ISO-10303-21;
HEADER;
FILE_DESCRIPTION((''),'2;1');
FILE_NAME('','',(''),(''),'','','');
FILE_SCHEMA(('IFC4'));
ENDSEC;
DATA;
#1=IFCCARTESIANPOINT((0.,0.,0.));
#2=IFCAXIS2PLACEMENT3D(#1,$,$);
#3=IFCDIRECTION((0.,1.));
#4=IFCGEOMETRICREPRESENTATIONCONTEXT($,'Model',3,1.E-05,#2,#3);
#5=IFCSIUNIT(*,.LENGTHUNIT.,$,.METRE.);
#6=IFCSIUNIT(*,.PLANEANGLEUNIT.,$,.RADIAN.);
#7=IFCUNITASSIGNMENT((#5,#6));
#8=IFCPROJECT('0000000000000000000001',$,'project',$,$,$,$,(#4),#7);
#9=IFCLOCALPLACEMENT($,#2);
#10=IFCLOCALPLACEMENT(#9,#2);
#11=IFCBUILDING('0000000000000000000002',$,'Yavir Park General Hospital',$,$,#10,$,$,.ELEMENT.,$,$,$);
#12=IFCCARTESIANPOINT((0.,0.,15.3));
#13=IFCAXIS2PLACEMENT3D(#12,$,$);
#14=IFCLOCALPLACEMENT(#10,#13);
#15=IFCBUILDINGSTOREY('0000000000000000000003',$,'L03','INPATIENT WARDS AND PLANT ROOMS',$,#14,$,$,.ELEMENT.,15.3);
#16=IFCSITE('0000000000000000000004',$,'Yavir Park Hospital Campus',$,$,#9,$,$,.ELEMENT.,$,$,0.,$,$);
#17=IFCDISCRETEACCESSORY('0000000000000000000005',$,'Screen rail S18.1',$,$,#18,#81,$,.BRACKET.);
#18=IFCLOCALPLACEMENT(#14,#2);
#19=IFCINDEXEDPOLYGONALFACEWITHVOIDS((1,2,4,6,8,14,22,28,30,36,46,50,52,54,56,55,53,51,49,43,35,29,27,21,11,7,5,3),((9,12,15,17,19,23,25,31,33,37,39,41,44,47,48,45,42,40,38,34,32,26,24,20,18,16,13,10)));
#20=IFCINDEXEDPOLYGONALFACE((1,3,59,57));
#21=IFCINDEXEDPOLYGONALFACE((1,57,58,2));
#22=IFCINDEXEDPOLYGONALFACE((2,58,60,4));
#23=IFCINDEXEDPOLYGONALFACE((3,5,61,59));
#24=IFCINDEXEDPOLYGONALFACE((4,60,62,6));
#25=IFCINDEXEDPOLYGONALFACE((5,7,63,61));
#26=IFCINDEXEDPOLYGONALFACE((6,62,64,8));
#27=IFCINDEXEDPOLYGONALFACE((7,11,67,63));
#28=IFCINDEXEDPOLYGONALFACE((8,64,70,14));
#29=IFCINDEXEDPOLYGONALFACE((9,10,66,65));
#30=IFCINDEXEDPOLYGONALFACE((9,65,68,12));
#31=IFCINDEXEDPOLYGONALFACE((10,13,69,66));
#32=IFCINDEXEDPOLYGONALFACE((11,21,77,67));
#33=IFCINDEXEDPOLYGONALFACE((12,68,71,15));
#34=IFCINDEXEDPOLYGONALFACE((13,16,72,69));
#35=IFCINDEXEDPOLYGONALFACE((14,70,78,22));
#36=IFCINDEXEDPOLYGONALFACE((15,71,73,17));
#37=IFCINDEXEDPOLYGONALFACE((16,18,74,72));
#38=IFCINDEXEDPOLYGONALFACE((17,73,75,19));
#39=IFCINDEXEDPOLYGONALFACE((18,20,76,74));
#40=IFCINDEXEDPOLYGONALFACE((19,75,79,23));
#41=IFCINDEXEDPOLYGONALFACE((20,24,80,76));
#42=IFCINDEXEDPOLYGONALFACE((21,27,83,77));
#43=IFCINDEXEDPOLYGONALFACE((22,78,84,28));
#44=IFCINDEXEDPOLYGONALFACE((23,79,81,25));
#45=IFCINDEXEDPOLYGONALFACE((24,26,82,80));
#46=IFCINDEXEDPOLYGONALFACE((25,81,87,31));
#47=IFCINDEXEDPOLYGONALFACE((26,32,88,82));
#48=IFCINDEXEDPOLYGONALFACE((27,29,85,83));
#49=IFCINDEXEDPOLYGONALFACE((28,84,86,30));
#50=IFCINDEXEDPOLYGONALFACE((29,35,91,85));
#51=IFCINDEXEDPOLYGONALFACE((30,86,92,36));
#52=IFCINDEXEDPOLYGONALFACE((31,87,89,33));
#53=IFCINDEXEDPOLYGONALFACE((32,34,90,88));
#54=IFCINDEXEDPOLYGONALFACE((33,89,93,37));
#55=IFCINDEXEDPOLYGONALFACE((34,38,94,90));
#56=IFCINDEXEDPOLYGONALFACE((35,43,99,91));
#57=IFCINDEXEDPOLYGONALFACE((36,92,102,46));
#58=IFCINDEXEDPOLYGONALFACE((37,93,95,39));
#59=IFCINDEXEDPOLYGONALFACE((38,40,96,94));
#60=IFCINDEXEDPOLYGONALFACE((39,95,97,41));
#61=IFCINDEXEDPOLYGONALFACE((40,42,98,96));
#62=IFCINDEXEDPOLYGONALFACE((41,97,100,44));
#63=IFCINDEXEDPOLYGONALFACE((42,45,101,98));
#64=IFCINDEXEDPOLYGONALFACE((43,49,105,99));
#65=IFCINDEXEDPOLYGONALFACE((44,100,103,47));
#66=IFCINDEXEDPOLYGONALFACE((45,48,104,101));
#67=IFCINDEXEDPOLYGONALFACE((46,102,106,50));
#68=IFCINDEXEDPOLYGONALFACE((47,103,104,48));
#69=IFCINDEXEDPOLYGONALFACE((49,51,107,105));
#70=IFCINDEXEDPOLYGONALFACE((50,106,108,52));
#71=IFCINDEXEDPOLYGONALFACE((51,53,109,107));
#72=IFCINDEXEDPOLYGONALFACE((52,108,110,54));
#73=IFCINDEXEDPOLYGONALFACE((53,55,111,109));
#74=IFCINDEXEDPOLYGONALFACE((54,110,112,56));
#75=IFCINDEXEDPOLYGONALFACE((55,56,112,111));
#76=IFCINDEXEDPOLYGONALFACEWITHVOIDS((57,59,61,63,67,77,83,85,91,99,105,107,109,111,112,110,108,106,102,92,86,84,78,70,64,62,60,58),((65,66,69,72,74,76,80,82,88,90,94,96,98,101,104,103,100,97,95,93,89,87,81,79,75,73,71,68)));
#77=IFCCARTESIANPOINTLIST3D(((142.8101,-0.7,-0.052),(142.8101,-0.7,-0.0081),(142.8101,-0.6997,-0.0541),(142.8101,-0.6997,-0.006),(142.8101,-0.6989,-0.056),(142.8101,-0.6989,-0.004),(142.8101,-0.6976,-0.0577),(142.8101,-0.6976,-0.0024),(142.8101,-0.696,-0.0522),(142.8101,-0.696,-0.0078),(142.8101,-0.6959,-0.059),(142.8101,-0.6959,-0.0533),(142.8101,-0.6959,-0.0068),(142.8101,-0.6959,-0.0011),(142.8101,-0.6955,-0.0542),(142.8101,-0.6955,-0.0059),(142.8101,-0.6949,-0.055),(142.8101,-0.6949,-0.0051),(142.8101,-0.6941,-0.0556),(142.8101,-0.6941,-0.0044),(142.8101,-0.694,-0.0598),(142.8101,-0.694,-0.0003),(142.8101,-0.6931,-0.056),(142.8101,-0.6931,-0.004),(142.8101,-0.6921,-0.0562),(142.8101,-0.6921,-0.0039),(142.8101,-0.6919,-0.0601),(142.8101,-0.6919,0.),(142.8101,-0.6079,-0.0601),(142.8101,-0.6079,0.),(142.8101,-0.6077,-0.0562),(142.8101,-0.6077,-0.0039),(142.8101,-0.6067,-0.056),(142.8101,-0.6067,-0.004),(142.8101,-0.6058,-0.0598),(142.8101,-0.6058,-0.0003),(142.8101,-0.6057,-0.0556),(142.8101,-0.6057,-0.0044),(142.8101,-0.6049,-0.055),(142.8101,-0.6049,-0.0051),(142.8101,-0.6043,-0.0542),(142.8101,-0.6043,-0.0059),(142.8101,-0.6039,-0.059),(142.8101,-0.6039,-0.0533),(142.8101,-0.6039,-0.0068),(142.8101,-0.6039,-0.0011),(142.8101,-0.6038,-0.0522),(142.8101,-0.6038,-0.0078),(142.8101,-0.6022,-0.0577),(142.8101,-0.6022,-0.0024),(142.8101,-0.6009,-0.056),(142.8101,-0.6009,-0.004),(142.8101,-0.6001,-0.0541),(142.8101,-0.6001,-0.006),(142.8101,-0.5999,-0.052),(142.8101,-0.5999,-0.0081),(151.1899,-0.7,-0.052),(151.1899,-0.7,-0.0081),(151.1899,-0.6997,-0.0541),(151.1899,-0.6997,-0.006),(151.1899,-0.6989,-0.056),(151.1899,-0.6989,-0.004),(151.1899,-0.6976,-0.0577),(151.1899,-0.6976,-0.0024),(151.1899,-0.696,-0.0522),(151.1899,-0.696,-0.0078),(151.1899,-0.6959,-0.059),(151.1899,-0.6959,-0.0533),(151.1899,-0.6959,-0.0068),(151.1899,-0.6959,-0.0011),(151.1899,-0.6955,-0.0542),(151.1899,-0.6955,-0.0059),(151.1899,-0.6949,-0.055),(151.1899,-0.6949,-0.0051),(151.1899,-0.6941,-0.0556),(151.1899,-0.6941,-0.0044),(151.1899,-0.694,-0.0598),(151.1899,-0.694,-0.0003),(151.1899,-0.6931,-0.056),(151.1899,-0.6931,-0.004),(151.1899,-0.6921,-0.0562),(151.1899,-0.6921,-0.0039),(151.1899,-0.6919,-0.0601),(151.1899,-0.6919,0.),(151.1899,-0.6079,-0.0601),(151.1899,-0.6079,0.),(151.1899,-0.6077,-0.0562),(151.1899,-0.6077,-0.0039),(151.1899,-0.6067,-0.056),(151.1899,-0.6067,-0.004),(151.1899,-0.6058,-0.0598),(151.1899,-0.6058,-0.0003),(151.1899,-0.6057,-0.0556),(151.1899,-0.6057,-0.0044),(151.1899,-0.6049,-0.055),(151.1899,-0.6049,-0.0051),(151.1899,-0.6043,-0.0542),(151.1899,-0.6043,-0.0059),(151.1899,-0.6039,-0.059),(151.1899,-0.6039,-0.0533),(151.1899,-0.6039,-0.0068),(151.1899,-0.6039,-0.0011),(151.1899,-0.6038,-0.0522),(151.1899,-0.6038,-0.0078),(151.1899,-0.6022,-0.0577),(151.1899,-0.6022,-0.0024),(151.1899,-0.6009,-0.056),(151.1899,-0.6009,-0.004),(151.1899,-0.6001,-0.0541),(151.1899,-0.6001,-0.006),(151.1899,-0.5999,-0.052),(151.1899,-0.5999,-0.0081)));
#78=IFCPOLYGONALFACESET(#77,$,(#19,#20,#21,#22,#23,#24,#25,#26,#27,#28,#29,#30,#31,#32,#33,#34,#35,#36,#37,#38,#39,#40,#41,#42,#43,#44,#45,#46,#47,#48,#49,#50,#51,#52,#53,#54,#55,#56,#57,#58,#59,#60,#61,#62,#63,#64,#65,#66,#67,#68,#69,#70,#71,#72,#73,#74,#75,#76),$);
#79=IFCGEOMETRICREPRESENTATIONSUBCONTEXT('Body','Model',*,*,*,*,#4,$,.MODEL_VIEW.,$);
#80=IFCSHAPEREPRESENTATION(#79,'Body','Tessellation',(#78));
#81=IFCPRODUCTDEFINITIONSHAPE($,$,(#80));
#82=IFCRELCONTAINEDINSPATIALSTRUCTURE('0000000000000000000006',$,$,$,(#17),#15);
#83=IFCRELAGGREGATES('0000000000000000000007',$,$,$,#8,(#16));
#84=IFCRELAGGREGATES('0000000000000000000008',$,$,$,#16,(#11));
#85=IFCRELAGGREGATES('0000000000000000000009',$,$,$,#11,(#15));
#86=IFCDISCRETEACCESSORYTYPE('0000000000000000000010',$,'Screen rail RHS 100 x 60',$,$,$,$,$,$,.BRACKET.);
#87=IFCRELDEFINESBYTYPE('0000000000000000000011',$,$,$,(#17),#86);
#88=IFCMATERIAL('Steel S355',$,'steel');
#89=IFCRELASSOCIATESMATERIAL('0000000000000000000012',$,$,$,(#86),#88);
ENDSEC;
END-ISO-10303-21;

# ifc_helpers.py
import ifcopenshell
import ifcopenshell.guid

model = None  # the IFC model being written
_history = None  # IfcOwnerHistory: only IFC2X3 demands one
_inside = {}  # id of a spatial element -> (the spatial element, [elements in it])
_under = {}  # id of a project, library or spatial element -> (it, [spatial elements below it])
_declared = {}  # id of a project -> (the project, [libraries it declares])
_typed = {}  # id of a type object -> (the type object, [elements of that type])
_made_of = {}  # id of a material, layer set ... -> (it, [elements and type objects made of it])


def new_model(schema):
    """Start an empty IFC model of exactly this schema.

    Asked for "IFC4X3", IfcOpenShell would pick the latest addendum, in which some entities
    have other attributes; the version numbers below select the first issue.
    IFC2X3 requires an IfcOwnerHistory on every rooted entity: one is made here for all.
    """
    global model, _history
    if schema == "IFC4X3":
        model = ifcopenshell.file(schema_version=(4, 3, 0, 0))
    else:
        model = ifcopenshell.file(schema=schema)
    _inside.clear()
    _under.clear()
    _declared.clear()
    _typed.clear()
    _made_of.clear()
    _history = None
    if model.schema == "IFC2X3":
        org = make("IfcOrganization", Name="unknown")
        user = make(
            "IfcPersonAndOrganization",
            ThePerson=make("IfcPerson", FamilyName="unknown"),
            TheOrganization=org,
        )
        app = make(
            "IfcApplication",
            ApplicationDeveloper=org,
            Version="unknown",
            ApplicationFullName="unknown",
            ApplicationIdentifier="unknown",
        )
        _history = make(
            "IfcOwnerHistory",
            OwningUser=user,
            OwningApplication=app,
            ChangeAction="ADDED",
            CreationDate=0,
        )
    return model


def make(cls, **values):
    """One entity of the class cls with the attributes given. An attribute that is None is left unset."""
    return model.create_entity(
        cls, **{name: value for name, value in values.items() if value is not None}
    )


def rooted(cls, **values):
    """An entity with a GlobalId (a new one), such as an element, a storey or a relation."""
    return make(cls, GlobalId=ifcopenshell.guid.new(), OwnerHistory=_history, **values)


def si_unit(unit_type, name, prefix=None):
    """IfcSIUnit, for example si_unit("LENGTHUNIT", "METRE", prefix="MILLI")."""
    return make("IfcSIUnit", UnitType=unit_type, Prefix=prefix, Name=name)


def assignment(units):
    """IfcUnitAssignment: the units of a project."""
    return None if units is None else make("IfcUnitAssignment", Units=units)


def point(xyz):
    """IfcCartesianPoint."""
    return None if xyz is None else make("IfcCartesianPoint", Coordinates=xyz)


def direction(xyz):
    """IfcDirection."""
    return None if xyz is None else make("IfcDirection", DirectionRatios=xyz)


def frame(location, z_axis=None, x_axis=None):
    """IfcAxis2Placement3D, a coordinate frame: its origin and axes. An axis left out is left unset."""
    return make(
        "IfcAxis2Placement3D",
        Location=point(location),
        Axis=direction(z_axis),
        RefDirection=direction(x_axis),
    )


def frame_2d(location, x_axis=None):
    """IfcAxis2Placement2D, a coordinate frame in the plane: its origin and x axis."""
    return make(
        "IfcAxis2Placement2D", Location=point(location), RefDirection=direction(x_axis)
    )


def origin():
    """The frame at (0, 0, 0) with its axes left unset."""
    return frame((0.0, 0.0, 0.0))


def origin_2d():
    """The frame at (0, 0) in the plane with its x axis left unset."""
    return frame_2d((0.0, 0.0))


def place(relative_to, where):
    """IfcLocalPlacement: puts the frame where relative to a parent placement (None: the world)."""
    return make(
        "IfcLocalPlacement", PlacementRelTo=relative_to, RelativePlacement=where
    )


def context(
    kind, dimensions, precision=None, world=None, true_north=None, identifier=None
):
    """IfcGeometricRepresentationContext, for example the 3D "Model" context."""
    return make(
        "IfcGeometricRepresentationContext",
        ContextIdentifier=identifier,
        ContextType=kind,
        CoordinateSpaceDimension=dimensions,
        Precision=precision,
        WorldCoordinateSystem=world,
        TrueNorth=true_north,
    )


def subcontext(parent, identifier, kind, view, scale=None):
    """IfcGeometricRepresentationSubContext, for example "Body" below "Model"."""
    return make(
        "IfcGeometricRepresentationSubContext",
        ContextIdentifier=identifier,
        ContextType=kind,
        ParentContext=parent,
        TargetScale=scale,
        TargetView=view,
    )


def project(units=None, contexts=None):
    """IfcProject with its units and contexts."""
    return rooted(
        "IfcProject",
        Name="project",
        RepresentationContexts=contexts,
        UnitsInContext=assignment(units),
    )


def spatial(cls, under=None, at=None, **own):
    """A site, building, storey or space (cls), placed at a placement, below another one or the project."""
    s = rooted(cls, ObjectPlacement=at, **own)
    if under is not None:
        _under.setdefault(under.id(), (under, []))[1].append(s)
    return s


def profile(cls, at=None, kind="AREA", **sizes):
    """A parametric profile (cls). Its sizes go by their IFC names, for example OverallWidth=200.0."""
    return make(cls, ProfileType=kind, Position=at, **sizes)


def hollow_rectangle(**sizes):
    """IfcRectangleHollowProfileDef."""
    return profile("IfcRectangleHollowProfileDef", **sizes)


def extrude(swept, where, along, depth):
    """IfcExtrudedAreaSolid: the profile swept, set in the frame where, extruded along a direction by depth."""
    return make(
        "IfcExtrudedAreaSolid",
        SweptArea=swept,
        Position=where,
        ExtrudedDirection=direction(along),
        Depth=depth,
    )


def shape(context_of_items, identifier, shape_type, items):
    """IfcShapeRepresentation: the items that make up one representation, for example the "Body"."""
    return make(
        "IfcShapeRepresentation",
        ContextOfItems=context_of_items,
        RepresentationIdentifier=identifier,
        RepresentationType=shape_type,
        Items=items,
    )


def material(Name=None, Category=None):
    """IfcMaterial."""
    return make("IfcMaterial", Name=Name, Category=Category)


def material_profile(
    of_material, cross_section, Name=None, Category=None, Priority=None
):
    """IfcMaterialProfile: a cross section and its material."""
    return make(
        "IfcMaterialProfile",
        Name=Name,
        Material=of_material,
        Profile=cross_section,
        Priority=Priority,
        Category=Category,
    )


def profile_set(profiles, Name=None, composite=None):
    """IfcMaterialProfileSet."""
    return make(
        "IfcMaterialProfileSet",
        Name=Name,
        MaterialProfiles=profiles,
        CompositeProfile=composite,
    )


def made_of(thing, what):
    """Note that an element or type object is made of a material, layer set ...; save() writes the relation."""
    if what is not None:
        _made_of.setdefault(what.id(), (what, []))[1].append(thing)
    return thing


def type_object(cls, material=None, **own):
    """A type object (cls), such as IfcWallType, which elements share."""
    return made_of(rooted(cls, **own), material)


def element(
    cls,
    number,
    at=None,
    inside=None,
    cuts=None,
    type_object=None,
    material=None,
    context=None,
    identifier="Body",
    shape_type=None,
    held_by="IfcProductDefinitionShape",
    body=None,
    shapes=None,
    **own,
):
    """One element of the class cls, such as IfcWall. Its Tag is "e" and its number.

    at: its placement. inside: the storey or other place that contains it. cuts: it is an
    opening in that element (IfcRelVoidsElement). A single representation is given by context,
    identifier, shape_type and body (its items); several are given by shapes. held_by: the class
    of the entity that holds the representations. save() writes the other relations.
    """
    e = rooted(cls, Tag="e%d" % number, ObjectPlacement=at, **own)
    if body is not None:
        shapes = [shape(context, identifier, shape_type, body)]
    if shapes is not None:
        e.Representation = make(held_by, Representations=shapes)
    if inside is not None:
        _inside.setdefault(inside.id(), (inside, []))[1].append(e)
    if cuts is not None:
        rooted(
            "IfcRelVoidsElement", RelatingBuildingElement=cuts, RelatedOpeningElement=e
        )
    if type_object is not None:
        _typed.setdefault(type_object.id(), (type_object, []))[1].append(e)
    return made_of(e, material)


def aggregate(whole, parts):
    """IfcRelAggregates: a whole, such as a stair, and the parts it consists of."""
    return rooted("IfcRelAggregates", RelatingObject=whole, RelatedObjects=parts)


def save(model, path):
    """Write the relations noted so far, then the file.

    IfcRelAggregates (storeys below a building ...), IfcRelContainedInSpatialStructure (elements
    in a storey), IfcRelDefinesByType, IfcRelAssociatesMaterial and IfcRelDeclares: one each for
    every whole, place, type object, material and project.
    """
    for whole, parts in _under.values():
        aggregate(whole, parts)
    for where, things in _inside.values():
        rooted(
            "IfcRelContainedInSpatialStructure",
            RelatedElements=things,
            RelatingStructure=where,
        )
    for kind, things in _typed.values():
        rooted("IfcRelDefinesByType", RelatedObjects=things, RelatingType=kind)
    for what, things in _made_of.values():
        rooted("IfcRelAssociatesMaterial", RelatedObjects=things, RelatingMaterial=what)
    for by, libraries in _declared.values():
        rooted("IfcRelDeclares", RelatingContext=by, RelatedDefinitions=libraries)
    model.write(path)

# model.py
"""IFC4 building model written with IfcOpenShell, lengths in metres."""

from ifc_helpers import new_model, si_unit, direction, frame, origin, origin_2d, place, context, subcontext, project, spatial, hollow_rectangle, extrude, material, material_profile, profile_set, type_object, element, save


model = new_model("IFC4")

# Units and contexts
model_context = context("Model", 3, precision=1e-05, world=origin(), true_north=direction((0.0, 1.0)))
body_context = subcontext(model_context, "Body", "Model", "MODEL_VIEW")
ifc_project = project(units=[si_unit("LENGTHUNIT", "METRE"), si_unit("PLANEANGLEUNIT", "RADIAN")], contexts=[model_context])

# Site, building, storey
site_placement = place(None, origin())
site = spatial("IfcSite", under=ifc_project, at=site_placement, Name="Yavir Park Hospital Campus", CompositionType="ELEMENT", RefElevation=0.0)
building_placement = place(site_placement, origin())
building = spatial("IfcBuilding", under=site, at=building_placement, Name="Yavir Park General Hospital", CompositionType="ELEMENT")
storey_placement = place(building_placement, frame((0.0, 0.0, 15.3)))
storey = spatial("IfcBuildingStorey", under=building, at=storey_placement, Name="L03", Description="INPATIENT WARDS AND PLANT ROOMS", CompositionType="ELEMENT", Elevation=15.3)

# Discrete accessory
ifc_material_1 = material(Name="Steel S355", Category="steel")
ifc_material_profile_1 = material_profile(ifc_material_1, hollow_rectangle(XDim=0.1001, YDim=0.0601, WallThickness=0.0039, InnerFilletRadius=0.0039, OuterFilletRadius=0.0081, at=origin_2d()), Name="RHS60x100x4")
ifc_profile_set_1 = profile_set([ifc_material_profile_1], Name="Steel S355")
discrete_accessory_type_1 = type_object("IfcDiscreteAccessoryType", Name="Screen rail RHS 100 x 60", PredefinedType="BRACKET", material=ifc_profile_set_1)
discrete_accessory_1_placement = place(storey_placement, frame((142.8101, -0.6499, -0.03), z_axis=(1.0, 0.0, 0.0), x_axis=(0.0, 1.0, 0.0)))
element("IfcDiscreteAccessory", 1, at=discrete_accessory_1_placement, inside=storey, type_object=discrete_accessory_type_1, Name="Screen rail S18.1", PredefinedType="BRACKET", context=body_context, shape_type="SweptSolid", body=[
    extrude(hollow_rectangle(XDim=0.1001, YDim=0.0601, WallThickness=0.0039, InnerFilletRadius=0.0039, OuterFilletRadius=0.0081, at=origin_2d()), origin(), (0.0, 0.0, 1.0), 8.3799),
])

save(model, "model.ifc")
